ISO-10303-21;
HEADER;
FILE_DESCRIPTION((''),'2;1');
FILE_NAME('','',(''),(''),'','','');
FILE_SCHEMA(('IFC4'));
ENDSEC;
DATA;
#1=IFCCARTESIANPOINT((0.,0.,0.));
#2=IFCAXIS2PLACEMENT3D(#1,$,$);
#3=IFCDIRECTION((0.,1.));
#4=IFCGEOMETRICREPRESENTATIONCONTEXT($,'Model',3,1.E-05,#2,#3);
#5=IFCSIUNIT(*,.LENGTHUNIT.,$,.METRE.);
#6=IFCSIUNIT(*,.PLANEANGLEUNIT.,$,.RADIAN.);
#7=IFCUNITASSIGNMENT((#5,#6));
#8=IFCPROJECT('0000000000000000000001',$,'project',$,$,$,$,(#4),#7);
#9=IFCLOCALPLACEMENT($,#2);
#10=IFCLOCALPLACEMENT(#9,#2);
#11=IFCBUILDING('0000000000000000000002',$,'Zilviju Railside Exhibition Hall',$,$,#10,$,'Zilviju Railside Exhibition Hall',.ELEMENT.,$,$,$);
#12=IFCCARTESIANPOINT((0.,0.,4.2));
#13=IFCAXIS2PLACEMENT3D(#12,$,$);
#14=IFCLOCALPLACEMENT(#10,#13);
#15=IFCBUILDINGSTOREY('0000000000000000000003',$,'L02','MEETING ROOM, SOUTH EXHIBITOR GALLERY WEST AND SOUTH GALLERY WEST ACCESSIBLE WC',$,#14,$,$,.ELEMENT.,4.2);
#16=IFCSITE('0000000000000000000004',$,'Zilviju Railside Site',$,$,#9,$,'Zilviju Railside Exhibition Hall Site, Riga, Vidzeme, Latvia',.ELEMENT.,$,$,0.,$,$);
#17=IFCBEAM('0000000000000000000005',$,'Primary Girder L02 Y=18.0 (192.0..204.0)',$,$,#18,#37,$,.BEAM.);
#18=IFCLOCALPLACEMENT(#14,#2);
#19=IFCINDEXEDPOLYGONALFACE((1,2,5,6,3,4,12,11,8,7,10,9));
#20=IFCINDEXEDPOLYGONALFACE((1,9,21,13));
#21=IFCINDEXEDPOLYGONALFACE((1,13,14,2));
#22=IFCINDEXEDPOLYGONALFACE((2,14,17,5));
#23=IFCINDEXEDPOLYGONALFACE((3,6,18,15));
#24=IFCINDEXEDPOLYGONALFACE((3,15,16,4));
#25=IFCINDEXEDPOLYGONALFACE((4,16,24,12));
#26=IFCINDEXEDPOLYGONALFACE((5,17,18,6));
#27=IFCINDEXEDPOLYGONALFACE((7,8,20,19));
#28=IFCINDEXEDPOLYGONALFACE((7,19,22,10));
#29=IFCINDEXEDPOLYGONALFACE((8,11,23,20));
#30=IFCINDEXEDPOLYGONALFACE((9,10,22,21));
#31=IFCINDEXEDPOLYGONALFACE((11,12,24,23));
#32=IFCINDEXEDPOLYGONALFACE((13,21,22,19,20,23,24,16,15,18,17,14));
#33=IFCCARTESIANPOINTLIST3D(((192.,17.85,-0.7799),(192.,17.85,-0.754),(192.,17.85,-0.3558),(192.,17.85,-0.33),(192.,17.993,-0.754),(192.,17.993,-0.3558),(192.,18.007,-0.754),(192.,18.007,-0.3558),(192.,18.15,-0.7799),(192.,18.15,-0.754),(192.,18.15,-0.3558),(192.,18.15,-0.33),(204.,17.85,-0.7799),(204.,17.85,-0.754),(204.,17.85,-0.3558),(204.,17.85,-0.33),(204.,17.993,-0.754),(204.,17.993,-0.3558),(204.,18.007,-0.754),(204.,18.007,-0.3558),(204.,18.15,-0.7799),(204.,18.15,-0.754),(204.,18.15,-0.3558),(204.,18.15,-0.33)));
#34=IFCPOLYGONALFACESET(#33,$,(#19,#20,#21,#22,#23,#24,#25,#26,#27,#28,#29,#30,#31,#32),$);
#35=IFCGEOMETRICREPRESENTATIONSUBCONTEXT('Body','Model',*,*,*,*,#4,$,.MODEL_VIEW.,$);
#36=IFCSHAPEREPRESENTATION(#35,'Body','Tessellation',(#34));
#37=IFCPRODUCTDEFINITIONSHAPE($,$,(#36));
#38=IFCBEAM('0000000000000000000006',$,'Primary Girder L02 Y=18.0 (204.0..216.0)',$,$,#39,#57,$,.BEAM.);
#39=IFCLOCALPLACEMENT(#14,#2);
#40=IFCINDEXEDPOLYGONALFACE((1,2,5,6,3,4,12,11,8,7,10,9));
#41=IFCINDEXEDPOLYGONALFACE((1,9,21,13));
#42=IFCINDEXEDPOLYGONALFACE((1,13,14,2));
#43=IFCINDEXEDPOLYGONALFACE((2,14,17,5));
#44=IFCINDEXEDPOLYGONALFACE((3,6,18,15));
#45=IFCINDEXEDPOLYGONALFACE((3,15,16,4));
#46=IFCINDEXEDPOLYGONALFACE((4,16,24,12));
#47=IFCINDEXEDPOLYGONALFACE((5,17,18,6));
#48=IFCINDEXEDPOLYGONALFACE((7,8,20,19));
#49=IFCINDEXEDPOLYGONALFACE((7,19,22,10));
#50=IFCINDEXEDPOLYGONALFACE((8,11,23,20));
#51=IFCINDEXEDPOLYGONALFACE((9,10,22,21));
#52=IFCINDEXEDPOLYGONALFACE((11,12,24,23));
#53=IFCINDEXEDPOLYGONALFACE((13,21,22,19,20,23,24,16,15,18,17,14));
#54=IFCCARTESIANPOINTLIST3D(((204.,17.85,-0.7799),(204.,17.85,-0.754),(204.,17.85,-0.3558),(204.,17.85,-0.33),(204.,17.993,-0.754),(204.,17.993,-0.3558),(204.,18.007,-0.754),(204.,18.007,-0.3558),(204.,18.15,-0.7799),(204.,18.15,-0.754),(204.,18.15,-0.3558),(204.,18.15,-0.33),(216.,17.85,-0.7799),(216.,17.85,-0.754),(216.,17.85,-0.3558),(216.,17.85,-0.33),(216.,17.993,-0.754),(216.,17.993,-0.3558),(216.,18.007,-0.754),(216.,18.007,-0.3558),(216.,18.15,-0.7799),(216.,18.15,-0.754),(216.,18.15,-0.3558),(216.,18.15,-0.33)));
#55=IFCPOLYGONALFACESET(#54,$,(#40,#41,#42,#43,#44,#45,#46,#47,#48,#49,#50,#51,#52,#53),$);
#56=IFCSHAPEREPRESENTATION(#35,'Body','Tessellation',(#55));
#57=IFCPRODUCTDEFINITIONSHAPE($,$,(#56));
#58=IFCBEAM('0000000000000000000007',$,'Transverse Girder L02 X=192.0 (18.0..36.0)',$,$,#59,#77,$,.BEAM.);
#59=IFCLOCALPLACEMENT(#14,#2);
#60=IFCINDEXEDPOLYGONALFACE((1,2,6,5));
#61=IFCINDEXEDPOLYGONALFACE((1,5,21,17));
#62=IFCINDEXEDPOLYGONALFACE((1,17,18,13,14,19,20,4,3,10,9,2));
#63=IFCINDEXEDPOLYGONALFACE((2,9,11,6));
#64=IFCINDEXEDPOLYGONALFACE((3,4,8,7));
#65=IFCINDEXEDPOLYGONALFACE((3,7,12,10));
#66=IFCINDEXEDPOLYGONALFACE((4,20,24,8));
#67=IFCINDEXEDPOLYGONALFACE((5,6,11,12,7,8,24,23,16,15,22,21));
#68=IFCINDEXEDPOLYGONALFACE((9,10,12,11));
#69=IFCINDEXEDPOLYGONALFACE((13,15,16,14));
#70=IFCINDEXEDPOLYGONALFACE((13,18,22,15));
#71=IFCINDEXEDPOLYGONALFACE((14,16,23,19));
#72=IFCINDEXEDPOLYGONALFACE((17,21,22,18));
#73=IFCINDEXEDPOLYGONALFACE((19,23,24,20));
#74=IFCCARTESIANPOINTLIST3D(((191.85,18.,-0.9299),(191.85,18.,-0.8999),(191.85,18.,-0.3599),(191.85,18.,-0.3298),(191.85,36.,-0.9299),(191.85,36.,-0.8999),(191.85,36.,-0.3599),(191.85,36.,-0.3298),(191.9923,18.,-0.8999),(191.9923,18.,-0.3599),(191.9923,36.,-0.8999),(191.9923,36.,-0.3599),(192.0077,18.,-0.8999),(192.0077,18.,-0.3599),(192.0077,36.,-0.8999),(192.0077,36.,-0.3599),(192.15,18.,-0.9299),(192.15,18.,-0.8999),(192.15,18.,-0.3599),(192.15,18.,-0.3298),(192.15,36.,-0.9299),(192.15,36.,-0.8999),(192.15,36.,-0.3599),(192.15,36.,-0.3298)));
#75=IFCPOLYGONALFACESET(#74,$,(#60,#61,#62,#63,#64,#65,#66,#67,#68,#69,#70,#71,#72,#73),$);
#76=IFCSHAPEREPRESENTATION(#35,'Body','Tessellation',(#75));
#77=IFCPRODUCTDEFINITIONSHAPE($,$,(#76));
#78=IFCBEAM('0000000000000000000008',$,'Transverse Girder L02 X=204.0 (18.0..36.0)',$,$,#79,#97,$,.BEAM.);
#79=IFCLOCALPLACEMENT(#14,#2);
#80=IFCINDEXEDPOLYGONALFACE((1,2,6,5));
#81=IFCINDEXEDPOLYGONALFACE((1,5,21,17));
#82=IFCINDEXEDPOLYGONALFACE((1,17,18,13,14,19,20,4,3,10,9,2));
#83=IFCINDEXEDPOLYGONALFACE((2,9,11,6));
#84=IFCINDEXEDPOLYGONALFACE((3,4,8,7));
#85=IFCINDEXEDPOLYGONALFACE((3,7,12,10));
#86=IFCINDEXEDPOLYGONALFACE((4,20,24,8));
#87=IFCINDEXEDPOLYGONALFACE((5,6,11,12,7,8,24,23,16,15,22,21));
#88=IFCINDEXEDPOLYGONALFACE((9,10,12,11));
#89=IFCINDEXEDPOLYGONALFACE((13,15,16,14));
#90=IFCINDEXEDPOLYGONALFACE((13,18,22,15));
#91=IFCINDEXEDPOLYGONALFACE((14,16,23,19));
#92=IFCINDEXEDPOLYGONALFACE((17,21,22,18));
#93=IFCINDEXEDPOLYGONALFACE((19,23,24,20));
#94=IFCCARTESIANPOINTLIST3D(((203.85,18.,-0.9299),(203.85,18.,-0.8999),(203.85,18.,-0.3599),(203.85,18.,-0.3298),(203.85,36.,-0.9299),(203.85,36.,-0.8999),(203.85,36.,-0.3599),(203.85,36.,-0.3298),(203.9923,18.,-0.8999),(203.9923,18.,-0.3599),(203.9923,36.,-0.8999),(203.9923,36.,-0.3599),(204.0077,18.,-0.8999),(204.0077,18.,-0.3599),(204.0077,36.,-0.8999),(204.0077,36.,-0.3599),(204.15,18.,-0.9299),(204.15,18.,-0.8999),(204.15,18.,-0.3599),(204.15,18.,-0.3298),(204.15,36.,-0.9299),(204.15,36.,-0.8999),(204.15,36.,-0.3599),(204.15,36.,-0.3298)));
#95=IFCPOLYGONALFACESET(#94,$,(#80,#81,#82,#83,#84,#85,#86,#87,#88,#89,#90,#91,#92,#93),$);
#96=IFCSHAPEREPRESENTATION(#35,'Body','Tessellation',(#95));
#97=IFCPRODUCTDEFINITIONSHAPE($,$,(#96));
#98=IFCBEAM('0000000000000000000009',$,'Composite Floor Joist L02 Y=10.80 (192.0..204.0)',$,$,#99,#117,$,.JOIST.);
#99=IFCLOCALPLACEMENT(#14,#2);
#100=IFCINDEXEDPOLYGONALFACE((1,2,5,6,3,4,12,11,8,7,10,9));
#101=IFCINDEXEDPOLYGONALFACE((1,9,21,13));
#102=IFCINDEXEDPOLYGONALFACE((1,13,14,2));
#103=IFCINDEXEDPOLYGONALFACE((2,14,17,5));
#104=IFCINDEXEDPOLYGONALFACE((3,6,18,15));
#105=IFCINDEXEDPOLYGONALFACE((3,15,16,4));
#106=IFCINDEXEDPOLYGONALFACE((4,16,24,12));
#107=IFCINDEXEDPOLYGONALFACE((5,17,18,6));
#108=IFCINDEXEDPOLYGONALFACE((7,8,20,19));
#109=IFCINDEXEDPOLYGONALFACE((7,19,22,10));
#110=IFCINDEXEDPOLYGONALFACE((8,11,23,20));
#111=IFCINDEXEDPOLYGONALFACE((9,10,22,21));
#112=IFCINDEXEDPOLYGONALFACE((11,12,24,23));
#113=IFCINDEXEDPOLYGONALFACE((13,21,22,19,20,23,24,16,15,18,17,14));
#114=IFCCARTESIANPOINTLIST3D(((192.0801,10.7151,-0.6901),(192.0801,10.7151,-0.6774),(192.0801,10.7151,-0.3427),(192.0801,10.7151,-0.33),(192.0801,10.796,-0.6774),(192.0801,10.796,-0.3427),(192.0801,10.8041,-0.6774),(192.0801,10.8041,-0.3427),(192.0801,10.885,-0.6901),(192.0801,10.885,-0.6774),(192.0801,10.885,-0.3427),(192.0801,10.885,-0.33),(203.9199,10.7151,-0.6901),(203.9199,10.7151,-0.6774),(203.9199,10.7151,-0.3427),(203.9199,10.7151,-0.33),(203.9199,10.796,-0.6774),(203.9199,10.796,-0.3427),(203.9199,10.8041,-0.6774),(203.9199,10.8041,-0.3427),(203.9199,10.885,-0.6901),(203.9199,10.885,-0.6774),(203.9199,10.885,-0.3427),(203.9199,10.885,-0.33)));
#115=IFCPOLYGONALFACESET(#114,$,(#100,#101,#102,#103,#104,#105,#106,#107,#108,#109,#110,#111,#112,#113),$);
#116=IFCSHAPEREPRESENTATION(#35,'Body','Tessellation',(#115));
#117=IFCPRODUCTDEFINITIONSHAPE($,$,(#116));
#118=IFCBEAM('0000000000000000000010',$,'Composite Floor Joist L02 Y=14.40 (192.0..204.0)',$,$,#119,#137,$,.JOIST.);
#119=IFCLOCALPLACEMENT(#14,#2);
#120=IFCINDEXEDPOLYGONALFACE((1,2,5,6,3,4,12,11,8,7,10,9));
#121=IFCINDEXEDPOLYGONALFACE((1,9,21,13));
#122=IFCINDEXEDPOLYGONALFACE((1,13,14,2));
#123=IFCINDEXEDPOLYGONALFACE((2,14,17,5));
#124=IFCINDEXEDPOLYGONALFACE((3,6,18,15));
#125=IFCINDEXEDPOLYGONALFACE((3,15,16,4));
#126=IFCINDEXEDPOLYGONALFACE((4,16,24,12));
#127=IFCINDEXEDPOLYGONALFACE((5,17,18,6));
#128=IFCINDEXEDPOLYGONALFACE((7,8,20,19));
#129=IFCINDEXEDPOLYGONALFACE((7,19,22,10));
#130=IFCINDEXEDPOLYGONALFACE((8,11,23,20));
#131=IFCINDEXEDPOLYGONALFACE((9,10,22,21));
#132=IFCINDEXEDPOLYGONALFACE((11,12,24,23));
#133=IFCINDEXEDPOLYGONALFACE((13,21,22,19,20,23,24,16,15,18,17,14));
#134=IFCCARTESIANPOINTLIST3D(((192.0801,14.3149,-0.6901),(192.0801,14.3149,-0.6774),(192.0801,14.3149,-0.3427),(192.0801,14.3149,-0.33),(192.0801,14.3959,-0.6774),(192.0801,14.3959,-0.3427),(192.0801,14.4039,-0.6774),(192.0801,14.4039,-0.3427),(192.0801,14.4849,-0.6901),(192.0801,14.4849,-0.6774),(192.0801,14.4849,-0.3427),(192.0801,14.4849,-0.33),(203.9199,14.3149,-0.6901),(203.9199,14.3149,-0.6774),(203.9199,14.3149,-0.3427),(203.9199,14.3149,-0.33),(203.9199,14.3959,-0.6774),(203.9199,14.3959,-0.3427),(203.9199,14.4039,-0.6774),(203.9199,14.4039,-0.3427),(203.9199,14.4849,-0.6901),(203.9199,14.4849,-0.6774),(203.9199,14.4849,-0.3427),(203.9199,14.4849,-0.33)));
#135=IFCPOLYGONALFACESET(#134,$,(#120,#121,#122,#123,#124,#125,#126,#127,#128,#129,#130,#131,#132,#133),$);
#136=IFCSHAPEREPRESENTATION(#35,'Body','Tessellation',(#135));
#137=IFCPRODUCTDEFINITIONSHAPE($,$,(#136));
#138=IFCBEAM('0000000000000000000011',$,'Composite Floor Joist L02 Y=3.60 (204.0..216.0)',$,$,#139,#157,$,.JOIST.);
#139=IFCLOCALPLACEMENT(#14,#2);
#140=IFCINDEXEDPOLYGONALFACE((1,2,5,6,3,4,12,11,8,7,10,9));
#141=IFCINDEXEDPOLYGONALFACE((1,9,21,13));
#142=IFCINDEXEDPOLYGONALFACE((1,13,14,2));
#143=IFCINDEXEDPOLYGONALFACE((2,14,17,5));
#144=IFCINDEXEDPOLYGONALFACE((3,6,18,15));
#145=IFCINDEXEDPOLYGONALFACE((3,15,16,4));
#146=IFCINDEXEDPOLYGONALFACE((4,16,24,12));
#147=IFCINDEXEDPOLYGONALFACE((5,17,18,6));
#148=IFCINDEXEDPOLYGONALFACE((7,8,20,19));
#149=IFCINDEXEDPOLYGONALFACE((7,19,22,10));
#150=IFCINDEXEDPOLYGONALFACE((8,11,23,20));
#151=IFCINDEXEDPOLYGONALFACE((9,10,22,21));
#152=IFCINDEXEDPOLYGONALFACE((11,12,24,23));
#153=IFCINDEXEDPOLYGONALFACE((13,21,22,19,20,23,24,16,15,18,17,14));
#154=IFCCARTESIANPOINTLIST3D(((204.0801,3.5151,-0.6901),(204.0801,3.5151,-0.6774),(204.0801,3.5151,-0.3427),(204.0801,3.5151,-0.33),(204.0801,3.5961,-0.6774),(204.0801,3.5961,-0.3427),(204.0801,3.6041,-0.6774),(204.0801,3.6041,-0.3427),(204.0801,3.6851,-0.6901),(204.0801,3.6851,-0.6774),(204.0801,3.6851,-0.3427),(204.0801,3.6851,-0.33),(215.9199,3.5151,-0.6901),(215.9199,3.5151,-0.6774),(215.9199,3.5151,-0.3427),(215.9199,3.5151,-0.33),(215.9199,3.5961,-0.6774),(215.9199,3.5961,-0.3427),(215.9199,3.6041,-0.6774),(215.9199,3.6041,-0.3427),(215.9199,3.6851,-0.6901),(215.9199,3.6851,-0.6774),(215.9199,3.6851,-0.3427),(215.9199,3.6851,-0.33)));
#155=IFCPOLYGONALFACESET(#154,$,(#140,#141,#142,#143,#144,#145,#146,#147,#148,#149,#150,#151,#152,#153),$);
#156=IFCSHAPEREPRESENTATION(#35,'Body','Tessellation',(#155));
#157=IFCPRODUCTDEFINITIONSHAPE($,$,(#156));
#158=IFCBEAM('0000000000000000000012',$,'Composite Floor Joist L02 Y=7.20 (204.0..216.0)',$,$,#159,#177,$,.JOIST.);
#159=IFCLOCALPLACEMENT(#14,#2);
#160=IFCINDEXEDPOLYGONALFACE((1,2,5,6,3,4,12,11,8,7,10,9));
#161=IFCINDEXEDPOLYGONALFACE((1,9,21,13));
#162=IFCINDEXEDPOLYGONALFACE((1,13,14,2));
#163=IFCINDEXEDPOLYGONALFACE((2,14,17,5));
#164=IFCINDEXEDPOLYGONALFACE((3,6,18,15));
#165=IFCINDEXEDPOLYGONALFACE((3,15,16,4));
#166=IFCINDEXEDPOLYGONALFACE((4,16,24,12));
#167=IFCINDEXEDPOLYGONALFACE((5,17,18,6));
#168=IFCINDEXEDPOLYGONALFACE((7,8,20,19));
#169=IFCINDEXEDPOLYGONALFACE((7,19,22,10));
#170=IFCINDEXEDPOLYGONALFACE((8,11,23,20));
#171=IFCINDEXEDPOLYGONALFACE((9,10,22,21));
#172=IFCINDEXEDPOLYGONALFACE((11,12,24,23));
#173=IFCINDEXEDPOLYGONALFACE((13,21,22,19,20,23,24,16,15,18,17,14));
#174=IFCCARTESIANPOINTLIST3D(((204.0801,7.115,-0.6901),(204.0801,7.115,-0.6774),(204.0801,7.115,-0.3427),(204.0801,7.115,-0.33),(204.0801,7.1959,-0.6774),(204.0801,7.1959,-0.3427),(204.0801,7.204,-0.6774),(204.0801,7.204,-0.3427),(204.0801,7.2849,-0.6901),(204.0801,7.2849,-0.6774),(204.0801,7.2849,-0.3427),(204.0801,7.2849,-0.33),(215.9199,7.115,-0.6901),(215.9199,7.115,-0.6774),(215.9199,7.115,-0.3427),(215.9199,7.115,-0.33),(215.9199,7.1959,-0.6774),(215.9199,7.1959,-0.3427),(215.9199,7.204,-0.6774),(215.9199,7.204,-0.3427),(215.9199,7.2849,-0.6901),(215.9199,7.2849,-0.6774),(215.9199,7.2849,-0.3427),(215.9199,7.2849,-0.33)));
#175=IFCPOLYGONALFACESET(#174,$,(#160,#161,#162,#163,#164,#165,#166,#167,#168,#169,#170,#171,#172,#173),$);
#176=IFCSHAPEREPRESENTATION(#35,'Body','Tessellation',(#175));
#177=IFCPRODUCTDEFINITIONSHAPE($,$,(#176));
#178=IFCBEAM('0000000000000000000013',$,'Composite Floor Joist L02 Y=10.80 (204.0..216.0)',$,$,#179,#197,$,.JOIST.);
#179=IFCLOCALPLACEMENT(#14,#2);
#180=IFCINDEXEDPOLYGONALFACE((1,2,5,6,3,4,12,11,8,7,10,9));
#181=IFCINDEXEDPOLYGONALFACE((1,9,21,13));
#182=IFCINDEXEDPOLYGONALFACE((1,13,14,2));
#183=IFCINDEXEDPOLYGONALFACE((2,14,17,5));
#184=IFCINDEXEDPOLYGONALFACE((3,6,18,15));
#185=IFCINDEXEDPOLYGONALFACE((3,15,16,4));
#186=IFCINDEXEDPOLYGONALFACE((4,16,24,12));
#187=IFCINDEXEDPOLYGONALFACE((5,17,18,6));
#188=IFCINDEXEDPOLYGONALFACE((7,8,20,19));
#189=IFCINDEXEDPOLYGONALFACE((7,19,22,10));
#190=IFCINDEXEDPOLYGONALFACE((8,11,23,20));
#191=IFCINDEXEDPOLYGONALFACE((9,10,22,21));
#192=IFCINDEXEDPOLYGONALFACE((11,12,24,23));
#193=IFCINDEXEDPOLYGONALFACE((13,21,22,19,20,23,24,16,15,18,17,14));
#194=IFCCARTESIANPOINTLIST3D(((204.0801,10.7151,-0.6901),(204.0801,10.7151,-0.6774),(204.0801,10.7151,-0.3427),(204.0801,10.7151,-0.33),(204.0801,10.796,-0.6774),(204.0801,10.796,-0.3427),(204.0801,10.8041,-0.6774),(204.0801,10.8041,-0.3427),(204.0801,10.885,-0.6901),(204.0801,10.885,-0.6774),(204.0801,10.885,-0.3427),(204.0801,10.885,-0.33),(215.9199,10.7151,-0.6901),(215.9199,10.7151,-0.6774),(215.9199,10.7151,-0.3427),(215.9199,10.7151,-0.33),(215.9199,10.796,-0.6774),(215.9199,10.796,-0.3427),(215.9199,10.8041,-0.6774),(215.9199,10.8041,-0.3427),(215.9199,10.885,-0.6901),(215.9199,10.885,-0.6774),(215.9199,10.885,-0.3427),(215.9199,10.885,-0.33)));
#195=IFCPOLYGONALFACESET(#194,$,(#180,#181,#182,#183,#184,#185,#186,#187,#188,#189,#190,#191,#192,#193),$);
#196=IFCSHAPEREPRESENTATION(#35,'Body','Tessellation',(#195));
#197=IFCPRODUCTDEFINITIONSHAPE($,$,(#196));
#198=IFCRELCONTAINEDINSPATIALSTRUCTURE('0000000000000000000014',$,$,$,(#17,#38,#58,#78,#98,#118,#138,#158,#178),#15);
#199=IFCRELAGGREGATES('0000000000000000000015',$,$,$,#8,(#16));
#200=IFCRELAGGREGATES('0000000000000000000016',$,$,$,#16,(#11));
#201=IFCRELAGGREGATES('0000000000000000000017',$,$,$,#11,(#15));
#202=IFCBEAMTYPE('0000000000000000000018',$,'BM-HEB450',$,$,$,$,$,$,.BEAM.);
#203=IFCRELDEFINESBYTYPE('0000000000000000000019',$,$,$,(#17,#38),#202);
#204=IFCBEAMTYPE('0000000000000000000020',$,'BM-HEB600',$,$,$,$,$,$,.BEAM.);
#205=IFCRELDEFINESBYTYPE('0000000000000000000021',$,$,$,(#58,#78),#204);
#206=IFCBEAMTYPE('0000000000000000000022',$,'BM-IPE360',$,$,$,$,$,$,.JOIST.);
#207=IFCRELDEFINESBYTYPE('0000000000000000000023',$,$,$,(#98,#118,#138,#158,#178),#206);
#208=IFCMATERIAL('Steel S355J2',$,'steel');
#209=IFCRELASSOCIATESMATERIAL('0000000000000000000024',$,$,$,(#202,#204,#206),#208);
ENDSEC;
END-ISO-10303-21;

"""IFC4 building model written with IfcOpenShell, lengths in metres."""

from ifc_helpers import new_model, si_unit, direction, frame, origin, origin_2d, place, context, subcontext, project, spatial, i_section, extrude, material, material_profile, profile_set, type_object, element, save


model = new_model("IFC4")

# Units and contexts
model_context = context("Model", 3, precision=1e-05, world=origin(), true_north=direction((0.0, 1.0)))
body_context = subcontext(model_context, "Body", "Model", "MODEL_VIEW")
ifc_project = project(units=[si_unit("LENGTHUNIT", "METRE"), si_unit("PLANEANGLEUNIT", "RADIAN")], contexts=[model_context])

# Site, building, storey
site_placement = place(None, origin())
site = spatial("IfcSite", under=ifc_project, at=site_placement, Name="Zilviju Railside Site", LongName="Zilviju Railside Exhibition Hall Site, Riga, Vidzeme, Latvia", CompositionType="ELEMENT", RefElevation=0.0)
building_placement = place(site_placement, origin())
building = spatial("IfcBuilding", under=site, at=building_placement, Name="Zilviju Railside Exhibition Hall", LongName="Zilviju Railside Exhibition Hall", CompositionType="ELEMENT")
storey_placement = place(building_placement, frame((0.0, 0.0, 4.2)))
storey = spatial("IfcBuildingStorey", under=building, at=storey_placement, Name="L02", Description="MEETING ROOM, SOUTH EXHIBITOR GALLERY WEST AND SOUTH GALLERY WEST ACCESSIBLE WC", CompositionType="ELEMENT", Elevation=4.2)

# Beams
ifc_material_1 = material(Name="Steel S355J2", Category="steel")
ifc_material_profile_1 = material_profile(ifc_material_1, i_section(OverallWidth=0.3, OverallDepth=0.45, WebThickness=0.0139, FlangeThickness=0.0259, at=origin_2d()), Name="HEB 450")
ifc_profile_set_1 = profile_set([ifc_material_profile_1], Name="Steel S355J2")
beam_type_1 = type_object("IfcBeamType", Name="BM-HEB450", PredefinedType="BEAM", material=ifc_profile_set_1)
for number, where, z_axis, x_axis, name in (
    (1, (192.0, 18.0, -0.5549), (1.0, 0.0, 0.0), (0.0, 1.0, 0.0), "Primary Girder L02 Y=18.0 (192.0..204.0)"),
    (2, (204.0, 18.0, -0.5549), (1.0, 0.0, 0.0), (0.0, 1.0, 0.0), "Primary Girder L02 Y=18.0 (204.0..216.0)"),
):
    element("IfcBeam", number, at=place(storey_placement, frame(where, z_axis=z_axis, x_axis=x_axis)), inside=storey, type_object=beam_type_1, Name=name, PredefinedType="BEAM", context=body_context, shape_type="SweptSolid", body=[
        extrude(i_section(OverallWidth=0.3, OverallDepth=0.45, WebThickness=0.0139, FlangeThickness=0.0259, at=origin_2d()), origin(), (0.0, 0.0, 1.0), 12.0),
    ])
ifc_material_profile_2 = material_profile(ifc_material_1, i_section(OverallWidth=0.3, OverallDepth=0.6001, WebThickness=0.0154, FlangeThickness=0.03, at=origin_2d()), Name="HEB 600")
ifc_profile_set_2 = profile_set([ifc_material_profile_2], Name="Steel S355J2")
beam_type_2 = type_object("IfcBeamType", Name="BM-HEB600", PredefinedType="BEAM", material=ifc_profile_set_2)
for number, where, z_axis, x_axis, name in (
    (3, (192.0, 18.0, -0.6299), (0.0, 1.0, 0.0), (-1.0, 0.0, 0.0), "Transverse Girder L02 X=192.0 (18.0..36.0)"),
    (4, (204.0, 18.0, -0.6299), (0.0, 1.0, 0.0), (-1.0, 0.0, 0.0), "Transverse Girder L02 X=204.0 (18.0..36.0)"),
):
    element("IfcBeam", number, at=place(storey_placement, frame(where, z_axis=z_axis, x_axis=x_axis)), inside=storey, type_object=beam_type_2, Name=name, PredefinedType="BEAM", context=body_context, shape_type="SweptSolid", body=[
        extrude(i_section(OverallWidth=0.3, OverallDepth=0.6001, WebThickness=0.0154, FlangeThickness=0.03, at=origin_2d()), origin(), (0.0, 0.0, 1.0), 18.0),
    ])
ifc_material_profile_3 = material_profile(ifc_material_1, i_section(OverallWidth=0.1699, OverallDepth=0.3601, WebThickness=0.0081, FlangeThickness=0.0127, at=origin_2d()), Name="IPE 360")
ifc_profile_set_3 = profile_set([ifc_material_profile_3], Name="Steel S355J2")
beam_type_3 = type_object("IfcBeamType", Name="BM-IPE360", PredefinedType="JOIST", material=ifc_profile_set_3)
for number, where, z_axis, x_axis, name in (
    (5, (192.0801, 10.8, -0.51), (1.0, 0.0, 0.0), (0.0, 1.0, 0.0), "Composite Floor Joist L02 Y=10.80 (192.0..204.0)"),
    (6, (192.0801, 14.3999, -0.51), (1.0, 0.0, 0.0), (0.0, 1.0, 0.0), "Composite Floor Joist L02 Y=14.40 (192.0..204.0)"),
    (7, (204.0801, 3.6001, -0.51), (1.0, 0.0, 0.0), (0.0, 1.0, 0.0), "Composite Floor Joist L02 Y=3.60 (204.0..216.0)"),
    (8, (204.0801, 7.2, -0.51), (1.0, 0.0, 0.0), (0.0, 1.0, 0.0), "Composite Floor Joist L02 Y=7.20 (204.0..216.0)"),
    (9, (204.0801, 10.8, -0.51), (1.0, 0.0, 0.0), (0.0, 1.0, 0.0), "Composite Floor Joist L02 Y=10.80 (204.0..216.0)"),
):
    element("IfcBeam", number, at=place(storey_placement, frame(where, z_axis=z_axis, x_axis=x_axis)), inside=storey, type_object=beam_type_3, Name=name, PredefinedType="JOIST", context=body_context, shape_type="SweptSolid", body=[
        extrude(i_section(OverallWidth=0.1699, OverallDepth=0.3601, WebThickness=0.0081, FlangeThickness=0.0127, at=origin_2d()), origin(), (0.0, 0.0, 1.0), 11.8398),
    ])

save(model, "model.ifc")
